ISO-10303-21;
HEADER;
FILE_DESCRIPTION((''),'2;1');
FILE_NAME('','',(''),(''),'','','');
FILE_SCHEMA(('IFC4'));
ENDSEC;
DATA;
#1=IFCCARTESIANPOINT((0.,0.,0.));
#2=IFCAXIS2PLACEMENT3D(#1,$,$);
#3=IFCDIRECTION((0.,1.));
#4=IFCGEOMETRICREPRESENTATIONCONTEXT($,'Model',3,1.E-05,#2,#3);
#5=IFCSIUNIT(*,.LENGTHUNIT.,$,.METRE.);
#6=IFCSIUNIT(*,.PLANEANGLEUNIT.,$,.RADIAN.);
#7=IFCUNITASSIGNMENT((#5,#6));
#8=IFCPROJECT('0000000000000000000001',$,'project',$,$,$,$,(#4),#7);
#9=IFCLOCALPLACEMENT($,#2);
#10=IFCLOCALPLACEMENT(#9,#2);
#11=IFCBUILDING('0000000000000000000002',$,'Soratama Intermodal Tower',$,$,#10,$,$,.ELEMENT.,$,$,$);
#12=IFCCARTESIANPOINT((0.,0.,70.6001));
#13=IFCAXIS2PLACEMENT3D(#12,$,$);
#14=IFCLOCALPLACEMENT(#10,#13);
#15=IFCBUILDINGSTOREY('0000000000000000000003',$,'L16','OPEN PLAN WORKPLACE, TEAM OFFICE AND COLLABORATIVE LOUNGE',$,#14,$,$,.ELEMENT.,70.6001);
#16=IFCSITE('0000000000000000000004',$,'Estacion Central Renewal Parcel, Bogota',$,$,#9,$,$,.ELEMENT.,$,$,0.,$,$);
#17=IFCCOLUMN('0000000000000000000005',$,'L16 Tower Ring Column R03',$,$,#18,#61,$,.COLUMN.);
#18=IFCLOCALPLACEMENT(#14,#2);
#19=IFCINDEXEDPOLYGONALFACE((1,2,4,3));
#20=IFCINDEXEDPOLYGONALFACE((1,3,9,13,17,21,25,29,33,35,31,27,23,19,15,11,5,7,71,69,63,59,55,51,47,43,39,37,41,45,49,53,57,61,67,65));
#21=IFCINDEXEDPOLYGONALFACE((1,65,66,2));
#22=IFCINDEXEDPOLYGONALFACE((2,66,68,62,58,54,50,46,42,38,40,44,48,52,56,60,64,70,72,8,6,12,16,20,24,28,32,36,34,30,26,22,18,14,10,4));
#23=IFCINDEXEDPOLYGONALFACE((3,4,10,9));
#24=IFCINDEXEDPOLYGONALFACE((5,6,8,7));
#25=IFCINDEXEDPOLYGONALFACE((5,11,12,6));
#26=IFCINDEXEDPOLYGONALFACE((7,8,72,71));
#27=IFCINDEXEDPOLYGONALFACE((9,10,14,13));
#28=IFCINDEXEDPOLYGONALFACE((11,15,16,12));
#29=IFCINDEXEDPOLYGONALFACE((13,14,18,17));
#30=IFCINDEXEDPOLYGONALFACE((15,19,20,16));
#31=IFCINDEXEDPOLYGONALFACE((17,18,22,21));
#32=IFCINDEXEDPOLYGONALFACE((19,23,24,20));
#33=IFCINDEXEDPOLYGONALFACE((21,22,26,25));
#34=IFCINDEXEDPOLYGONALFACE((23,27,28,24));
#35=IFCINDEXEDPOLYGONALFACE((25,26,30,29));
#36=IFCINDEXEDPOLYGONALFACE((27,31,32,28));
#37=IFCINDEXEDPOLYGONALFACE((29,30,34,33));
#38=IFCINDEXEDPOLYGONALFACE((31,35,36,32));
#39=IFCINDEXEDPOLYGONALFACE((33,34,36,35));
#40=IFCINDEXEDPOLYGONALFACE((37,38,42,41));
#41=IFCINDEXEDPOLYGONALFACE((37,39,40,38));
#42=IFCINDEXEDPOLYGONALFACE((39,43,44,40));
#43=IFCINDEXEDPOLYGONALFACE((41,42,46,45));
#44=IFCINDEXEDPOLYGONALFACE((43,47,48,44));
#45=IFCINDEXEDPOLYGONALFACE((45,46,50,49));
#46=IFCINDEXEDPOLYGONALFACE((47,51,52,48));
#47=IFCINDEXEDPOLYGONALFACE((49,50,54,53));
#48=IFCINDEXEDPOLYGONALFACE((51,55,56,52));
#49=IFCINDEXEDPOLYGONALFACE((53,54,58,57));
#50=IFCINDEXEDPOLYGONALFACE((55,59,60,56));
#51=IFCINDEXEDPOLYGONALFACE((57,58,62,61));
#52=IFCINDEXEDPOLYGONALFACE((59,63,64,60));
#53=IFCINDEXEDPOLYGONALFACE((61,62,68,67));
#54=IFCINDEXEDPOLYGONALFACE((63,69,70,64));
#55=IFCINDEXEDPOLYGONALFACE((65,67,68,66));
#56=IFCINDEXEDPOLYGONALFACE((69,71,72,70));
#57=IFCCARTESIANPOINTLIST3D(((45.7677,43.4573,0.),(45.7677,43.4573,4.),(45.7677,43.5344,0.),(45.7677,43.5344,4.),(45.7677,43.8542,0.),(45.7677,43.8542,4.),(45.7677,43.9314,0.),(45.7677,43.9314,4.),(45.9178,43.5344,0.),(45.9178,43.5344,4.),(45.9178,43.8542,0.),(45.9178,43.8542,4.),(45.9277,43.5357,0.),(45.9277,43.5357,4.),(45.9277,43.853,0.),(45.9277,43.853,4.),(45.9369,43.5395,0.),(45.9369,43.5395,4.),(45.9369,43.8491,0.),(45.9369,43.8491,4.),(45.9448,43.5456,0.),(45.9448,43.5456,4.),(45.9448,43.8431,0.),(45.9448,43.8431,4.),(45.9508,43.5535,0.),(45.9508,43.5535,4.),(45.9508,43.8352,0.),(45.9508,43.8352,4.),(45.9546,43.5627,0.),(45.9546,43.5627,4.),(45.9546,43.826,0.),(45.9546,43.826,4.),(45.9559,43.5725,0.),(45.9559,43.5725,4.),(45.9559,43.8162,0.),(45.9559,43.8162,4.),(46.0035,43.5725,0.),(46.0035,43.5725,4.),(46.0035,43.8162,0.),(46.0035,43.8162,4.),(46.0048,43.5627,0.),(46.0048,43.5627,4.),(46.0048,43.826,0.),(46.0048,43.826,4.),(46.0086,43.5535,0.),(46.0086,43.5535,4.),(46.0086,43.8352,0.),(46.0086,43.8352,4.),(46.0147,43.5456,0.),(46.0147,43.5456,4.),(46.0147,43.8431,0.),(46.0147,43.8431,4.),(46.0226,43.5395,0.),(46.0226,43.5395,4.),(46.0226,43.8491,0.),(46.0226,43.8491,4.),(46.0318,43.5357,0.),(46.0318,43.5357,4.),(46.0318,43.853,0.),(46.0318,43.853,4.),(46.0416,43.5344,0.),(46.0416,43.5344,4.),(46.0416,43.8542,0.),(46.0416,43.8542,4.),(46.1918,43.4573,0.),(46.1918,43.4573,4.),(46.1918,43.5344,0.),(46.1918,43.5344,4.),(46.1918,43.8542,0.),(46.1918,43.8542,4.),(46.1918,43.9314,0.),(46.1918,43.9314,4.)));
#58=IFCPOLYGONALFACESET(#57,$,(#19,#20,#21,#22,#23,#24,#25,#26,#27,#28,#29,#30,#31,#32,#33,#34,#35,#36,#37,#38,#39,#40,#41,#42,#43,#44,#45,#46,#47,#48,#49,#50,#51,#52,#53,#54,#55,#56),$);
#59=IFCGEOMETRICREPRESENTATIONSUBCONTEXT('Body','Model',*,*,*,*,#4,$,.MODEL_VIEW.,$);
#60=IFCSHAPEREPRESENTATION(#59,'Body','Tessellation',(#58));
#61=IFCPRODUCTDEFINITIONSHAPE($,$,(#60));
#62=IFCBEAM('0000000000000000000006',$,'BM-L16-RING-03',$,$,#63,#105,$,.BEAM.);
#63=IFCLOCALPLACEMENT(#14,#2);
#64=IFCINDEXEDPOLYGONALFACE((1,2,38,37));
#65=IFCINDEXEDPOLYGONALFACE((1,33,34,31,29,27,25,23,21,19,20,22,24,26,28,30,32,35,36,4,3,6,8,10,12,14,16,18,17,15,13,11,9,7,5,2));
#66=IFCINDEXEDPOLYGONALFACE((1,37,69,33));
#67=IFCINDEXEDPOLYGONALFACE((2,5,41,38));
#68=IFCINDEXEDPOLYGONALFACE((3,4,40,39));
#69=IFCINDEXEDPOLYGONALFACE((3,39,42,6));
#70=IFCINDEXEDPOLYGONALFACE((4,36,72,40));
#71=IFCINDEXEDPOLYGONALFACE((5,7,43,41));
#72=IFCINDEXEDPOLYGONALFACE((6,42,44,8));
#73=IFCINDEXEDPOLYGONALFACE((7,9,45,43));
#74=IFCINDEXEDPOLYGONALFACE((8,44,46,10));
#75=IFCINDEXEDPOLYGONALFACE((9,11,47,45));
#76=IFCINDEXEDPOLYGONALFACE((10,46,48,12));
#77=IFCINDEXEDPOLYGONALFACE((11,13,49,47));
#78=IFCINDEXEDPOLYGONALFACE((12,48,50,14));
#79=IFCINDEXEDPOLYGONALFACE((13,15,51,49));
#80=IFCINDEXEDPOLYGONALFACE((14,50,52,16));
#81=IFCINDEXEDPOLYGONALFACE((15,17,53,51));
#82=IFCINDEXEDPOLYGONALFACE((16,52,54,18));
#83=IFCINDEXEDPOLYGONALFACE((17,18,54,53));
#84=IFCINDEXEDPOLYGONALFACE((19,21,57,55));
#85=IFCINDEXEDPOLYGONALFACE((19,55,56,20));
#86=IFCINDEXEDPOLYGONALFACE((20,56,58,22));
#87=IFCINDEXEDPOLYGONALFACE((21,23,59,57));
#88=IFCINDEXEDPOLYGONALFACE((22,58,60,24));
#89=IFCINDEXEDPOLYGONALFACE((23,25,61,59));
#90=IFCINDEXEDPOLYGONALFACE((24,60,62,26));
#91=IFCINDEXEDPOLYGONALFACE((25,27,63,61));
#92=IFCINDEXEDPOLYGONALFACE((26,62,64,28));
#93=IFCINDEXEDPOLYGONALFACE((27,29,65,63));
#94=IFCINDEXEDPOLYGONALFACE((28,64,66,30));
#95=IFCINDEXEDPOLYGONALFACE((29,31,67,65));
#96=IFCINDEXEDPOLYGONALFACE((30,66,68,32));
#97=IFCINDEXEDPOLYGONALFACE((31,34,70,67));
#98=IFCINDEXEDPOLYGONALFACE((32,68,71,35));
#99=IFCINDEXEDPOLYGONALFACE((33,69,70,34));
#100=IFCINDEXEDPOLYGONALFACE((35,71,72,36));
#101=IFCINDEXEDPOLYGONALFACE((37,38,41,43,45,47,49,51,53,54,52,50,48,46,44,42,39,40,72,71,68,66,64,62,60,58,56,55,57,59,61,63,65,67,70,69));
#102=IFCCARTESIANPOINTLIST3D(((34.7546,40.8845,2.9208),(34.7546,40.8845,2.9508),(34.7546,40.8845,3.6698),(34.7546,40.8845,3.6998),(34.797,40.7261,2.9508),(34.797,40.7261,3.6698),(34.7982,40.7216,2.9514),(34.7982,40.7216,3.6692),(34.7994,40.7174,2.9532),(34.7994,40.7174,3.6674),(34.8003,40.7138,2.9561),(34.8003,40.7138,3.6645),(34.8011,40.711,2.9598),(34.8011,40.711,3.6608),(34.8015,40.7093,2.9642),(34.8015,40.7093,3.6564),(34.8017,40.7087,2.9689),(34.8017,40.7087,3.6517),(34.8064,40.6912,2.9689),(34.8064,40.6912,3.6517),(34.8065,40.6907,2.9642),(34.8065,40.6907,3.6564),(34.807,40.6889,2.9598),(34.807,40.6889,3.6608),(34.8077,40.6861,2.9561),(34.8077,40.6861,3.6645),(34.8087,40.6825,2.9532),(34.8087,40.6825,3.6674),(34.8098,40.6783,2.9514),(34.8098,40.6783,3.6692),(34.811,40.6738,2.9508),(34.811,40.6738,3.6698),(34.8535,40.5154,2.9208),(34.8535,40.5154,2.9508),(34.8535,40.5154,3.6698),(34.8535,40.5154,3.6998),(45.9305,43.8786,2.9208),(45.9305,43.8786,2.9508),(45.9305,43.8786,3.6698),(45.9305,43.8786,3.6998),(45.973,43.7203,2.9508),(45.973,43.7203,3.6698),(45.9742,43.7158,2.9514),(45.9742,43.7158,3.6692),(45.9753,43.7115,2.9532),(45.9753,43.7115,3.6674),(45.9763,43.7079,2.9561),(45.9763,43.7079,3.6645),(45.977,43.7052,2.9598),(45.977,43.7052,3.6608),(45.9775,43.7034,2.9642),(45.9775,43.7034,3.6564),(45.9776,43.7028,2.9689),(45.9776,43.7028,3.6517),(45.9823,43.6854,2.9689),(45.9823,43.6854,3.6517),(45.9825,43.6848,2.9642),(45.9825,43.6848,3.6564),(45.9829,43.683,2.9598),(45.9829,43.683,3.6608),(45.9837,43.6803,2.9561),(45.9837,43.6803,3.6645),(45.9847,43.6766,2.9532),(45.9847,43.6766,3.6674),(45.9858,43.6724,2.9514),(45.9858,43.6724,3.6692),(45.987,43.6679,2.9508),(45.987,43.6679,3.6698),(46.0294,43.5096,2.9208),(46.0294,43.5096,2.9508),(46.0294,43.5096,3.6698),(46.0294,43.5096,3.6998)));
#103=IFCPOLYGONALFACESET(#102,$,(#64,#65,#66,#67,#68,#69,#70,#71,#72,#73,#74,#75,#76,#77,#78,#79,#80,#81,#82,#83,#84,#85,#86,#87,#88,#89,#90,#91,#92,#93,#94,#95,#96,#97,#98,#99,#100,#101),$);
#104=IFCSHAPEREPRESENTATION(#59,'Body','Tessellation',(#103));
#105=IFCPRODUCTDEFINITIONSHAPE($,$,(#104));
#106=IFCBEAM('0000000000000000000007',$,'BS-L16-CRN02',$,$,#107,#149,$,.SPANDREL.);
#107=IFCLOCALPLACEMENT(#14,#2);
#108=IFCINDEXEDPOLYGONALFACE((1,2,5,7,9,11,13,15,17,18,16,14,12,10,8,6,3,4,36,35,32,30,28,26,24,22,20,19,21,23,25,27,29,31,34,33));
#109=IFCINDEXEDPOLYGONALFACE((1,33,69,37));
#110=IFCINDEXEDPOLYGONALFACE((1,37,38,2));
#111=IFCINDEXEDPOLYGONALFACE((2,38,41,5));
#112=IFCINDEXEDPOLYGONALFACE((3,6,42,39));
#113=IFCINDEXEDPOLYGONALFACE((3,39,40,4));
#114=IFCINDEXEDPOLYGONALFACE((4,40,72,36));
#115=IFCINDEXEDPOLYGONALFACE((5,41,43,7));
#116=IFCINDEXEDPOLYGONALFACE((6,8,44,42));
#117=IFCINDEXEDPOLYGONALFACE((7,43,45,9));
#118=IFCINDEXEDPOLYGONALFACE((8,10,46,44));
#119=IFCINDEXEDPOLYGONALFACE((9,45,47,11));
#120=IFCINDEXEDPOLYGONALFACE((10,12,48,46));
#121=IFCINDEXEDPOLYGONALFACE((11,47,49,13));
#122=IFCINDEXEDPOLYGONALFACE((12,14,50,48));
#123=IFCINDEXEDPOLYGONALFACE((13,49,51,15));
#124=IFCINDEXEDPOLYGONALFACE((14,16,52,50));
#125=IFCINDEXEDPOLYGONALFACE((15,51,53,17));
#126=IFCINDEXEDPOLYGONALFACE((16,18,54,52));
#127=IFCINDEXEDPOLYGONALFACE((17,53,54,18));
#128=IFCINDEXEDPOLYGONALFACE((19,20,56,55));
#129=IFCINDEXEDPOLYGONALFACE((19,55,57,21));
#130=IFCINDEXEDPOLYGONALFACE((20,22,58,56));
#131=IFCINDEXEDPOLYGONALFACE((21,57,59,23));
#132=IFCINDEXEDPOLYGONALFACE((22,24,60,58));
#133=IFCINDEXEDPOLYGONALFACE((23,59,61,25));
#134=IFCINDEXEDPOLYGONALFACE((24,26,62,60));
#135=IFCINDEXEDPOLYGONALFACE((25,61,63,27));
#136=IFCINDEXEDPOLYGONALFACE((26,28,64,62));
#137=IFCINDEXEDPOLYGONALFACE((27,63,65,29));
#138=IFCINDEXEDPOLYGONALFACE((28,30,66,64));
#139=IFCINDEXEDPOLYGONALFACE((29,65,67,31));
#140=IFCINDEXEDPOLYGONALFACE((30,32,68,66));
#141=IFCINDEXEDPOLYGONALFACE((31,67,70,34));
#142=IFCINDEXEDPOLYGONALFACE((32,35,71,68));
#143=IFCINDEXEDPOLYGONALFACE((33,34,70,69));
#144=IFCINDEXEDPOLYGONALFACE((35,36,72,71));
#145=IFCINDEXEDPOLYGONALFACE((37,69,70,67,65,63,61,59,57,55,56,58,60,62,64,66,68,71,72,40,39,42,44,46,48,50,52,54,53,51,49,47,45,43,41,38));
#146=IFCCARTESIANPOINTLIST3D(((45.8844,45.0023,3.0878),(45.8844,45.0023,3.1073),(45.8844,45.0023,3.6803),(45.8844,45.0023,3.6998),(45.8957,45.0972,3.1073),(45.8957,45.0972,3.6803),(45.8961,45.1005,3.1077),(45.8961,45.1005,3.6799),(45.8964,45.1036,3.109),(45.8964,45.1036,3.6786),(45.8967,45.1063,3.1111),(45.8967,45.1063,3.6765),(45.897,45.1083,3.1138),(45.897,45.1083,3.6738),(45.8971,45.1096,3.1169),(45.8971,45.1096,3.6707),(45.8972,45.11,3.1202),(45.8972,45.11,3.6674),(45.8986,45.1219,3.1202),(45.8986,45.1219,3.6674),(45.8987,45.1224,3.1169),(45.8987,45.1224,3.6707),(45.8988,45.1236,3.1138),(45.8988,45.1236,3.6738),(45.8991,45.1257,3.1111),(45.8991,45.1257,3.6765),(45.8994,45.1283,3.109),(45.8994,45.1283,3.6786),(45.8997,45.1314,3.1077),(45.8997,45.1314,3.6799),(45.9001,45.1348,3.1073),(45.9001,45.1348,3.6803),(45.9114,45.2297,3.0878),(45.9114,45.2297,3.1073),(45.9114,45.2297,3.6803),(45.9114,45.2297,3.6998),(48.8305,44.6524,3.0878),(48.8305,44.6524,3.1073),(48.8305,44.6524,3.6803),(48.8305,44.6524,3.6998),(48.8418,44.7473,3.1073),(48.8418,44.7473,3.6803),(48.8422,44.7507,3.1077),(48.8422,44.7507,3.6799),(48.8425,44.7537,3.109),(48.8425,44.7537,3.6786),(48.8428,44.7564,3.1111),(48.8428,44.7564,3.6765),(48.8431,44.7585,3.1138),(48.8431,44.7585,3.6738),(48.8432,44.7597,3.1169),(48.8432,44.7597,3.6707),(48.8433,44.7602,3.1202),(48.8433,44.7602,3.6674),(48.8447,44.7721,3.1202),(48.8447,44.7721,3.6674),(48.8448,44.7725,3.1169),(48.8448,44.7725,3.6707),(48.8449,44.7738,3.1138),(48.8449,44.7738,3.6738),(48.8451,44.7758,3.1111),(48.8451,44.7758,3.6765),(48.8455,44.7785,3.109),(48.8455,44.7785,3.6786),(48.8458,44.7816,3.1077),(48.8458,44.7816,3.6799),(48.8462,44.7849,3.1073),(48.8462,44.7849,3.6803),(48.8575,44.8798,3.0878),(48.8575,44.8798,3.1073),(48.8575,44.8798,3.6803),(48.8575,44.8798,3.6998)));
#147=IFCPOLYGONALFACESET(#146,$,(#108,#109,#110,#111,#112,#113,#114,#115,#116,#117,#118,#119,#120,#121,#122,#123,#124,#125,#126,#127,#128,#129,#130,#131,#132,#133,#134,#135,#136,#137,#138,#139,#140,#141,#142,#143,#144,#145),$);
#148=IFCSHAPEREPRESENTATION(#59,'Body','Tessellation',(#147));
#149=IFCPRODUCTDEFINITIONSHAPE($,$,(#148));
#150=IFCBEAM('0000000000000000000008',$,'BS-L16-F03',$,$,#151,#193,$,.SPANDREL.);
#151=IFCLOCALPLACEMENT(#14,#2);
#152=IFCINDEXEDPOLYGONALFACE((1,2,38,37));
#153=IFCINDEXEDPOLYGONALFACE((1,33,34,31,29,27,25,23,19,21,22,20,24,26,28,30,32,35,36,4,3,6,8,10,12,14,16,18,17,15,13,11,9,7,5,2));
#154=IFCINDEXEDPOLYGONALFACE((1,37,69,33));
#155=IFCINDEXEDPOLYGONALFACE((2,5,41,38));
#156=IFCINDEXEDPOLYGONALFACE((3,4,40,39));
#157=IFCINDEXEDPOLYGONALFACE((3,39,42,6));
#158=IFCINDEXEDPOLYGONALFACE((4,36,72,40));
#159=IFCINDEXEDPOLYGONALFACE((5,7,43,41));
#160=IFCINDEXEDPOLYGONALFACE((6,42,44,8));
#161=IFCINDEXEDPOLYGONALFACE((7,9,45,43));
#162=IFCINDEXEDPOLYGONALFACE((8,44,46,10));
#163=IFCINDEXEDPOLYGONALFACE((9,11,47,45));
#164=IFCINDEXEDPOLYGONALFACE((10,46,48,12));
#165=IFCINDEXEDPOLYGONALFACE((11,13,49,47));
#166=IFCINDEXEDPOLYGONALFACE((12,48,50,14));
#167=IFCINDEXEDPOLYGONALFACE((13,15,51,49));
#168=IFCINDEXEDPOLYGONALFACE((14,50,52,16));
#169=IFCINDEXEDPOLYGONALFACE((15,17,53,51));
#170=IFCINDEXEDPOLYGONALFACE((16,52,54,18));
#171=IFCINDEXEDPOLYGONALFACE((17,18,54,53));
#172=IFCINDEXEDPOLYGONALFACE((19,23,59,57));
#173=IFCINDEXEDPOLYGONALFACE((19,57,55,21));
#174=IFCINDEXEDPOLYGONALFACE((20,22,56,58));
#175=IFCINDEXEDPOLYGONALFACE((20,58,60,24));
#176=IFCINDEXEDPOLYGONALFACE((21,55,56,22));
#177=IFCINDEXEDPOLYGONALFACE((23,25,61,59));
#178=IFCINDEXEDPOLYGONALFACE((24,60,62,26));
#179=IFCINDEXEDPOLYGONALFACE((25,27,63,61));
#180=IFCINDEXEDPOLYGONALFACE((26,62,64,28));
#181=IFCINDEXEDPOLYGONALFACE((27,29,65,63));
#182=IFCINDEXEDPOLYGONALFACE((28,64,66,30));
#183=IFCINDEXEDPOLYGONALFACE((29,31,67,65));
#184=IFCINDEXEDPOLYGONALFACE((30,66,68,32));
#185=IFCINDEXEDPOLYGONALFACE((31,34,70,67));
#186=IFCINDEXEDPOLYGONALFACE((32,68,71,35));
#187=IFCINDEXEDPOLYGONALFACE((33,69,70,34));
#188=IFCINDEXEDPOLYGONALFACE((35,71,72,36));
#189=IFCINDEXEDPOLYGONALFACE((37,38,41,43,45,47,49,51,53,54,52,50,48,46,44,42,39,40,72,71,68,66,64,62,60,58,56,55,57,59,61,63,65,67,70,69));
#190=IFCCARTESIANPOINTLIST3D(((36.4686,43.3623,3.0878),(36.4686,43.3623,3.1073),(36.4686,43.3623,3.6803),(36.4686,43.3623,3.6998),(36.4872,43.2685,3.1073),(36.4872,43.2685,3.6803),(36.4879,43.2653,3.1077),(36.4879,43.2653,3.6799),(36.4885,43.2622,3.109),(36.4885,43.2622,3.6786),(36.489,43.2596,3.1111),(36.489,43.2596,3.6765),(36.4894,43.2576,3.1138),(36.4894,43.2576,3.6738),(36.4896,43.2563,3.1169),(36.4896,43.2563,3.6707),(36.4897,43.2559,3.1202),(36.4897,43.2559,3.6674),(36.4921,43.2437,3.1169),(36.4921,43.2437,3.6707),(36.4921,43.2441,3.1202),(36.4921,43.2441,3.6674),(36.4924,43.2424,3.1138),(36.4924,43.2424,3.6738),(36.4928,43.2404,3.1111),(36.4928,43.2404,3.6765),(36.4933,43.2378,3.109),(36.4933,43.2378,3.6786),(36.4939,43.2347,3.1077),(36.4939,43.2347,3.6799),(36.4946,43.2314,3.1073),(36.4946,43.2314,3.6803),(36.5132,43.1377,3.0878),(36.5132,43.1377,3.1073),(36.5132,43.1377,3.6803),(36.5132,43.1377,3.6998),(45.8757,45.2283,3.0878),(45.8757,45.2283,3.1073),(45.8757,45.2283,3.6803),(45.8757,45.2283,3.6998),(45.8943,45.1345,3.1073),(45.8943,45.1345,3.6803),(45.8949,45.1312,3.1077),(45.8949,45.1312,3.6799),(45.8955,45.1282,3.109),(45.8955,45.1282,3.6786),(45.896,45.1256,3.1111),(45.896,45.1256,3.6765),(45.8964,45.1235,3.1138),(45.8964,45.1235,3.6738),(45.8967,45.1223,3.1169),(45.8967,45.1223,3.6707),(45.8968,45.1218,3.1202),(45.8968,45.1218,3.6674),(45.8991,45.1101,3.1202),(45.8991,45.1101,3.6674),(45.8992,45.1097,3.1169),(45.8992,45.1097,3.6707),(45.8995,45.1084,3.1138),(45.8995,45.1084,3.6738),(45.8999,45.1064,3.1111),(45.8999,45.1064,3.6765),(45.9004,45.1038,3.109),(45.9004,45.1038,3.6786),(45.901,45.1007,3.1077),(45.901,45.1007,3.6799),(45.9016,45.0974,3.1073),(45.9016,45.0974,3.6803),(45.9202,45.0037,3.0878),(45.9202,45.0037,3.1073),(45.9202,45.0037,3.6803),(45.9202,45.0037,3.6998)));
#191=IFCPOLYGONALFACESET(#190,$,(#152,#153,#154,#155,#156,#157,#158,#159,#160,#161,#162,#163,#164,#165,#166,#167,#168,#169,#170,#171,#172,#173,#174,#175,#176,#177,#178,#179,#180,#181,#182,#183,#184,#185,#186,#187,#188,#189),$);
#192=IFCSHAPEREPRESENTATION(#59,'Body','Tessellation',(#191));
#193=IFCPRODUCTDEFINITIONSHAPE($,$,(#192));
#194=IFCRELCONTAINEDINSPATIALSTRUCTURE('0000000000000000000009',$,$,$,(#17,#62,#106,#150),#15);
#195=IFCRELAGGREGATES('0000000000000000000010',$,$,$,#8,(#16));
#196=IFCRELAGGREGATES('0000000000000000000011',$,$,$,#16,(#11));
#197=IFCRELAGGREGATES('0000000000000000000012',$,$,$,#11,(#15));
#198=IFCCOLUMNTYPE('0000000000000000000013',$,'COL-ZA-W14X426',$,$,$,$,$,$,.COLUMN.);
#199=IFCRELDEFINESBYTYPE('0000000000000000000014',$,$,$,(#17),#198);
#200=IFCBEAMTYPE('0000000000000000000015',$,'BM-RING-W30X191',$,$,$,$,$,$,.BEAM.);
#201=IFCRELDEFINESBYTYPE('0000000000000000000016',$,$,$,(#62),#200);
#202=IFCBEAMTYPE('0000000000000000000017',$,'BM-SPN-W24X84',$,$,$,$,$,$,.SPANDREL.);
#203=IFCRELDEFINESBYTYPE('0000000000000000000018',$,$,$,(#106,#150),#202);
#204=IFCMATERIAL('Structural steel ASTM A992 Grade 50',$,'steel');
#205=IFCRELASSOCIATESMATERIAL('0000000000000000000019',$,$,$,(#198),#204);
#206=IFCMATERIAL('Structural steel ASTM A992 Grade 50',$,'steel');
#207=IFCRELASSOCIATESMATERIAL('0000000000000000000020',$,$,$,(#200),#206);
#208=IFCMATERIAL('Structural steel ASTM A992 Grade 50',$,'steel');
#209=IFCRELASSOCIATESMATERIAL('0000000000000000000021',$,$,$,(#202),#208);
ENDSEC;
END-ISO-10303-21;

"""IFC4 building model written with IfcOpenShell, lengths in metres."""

from ifc_helpers import new_model, si_unit, direction, frame, origin, origin_2d, place, context, subcontext, project, spatial, i_section, extrude, material, material_profile, profile_set, type_object, element, save


model = new_model("IFC4")

# Units and contexts
model_context = context("Model", 3, precision=1e-05, world=origin(), true_north=direction((0.0, 1.0)))
body_context = subcontext(model_context, "Body", "Model", "MODEL_VIEW")
ifc_project = project(units=[si_unit("LENGTHUNIT", "METRE"), si_unit("PLANEANGLEUNIT", "RADIAN")], contexts=[model_context])

# Site, building, storey
site_placement = place(None, origin())
site = spatial("IfcSite", under=ifc_project, at=site_placement, Name="Estacion Central Renewal Parcel, Bogota", CompositionType="ELEMENT", RefElevation=0.0)
building_placement = place(site_placement, origin())
building = spatial("IfcBuilding", under=site, at=building_placement, Name="Soratama Intermodal Tower", CompositionType="ELEMENT")
storey_placement = place(building_placement, frame((0.0, 0.0, 70.6001)))
storey = spatial("IfcBuildingStorey", under=building, at=storey_placement, Name="L16", Description="OPEN PLAN WORKPLACE, TEAM OFFICE AND COLLABORATIVE LOUNGE", CompositionType="ELEMENT", Elevation=70.6001)

# Column
ifc_material_1 = material(Name="Structural steel ASTM A992 Grade 50", Category="steel")
ifc_material_profile_1 = material_profile(ifc_material_1, i_section(OverallWidth=0.4241, OverallDepth=0.4741, WebThickness=0.0476, FlangeThickness=0.0771, FilletRadius=0.0381, at=origin_2d()), Name="W14X426")
ifc_profile_set_1 = profile_set([ifc_material_profile_1], Name="Structural steel ASTM A992 Grade 50")
column_type = type_object("IfcColumnType", Name="COL-ZA-W14X426", PredefinedType="COLUMN", material=ifc_profile_set_1)
column_placement = place(storey_placement, frame((45.9797, 43.6943, 0.0), z_axis=(0.0, 0.0, 1.0), x_axis=(1.0, 0.0, 0.0)))
element("IfcColumn", 1, at=column_placement, inside=storey, type_object=column_type, Name="L16 Tower Ring Column R03", PredefinedType="COLUMN", context=body_context, shape_type="SweptSolid", body=[
    extrude(i_section(OverallWidth=0.4241, OverallDepth=0.4741, WebThickness=0.0476, FlangeThickness=0.0771, FilletRadius=0.0381, at=origin_2d()), origin(), (0.0, 0.0, 1.0), 4.0),
])

# Beams
ifc_material_2 = material(Name="Structural steel ASTM A992 Grade 50", Category="steel")
ifc_material_profile_2 = material_profile(ifc_material_2, i_section(OverallWidth=0.3821, OverallDepth=0.7791, WebThickness=0.0181, FlangeThickness=0.03, FilletRadius=0.0181, at=origin_2d()), Name="W30X191")
ifc_profile_set_2 = profile_set([ifc_material_profile_2], Name="Structural steel ASTM A992 Grade 50")
beam_type_1 = type_object("IfcBeamType", Name="BM-RING-W30X191", PredefinedType="BEAM", material=ifc_profile_set_2)
beam_1_placement = place(storey_placement, frame((45.98, 43.6941, 3.3103), z_axis=(-0.965936, -0.258781, 0.0), x_axis=(0.258781, -0.965936, 0.0)))
element("IfcBeam", 2, at=beam_1_placement, inside=storey, type_object=beam_type_1, Name="BM-L16-RING-03", PredefinedType="BEAM", context=body_context, shape_type="SweptSolid", body=[
    extrude(i_section(OverallWidth=0.3821, OverallDepth=0.7791, WebThickness=0.0181, FlangeThickness=0.03, FilletRadius=0.0181, at=origin_2d()), origin(), (0.0, 0.0, 1.0), 11.5701),
])
ifc_material_3 = material(Name="Structural steel ASTM A992 Grade 50", Category="steel")
ifc_material_profile_3 = material_profile(ifc_material_3, i_section(OverallWidth=0.229, OverallDepth=0.6121, WebThickness=0.012, FlangeThickness=0.0195, FilletRadius=0.0129, at=origin_2d()), Name="W24X84")
ifc_profile_set_3 = profile_set([ifc_material_profile_3], Name="Structural steel ASTM A992 Grade 50")
beam_type_2 = type_object("IfcBeamType", Name="BM-SPN-W24X84", PredefinedType="SPANDREL", material=ifc_profile_set_3)
beam_2_placement = place(storey_placement, frame((48.844, 44.7661, 3.3938), z_axis=(-0.993023, 0.117925, 0.0), x_axis=(-0.117925, -0.993023, 0.0)))
element("IfcBeam", 3, at=beam_2_placement, inside=storey, type_object=beam_type_2, Name="BS-L16-CRN02", PredefinedType="SPANDREL", context=body_context, shape_type="SweptSolid", body=[
    extrude(i_section(OverallWidth=0.229, OverallDepth=0.6121, WebThickness=0.012, FlangeThickness=0.0195, FilletRadius=0.0129, at=origin_2d()), origin(), (0.0, 0.0, 1.0), 2.9668),
])
beam_3_placement = place(storey_placement, frame((45.8979, 45.116, 3.3938), z_axis=(-0.980889, -0.194569, 0.0), x_axis=(0.194569, -0.980889, 0.0)))
element("IfcBeam", 4, at=beam_3_placement, inside=storey, type_object=beam_type_2, Name="BS-L16-F03", PredefinedType="SPANDREL", context=body_context, shape_type="SweptSolid", body=[
    extrude(i_section(OverallWidth=0.229, OverallDepth=0.6121, WebThickness=0.012, FlangeThickness=0.0195, FilletRadius=0.0129, at=origin_2d()), origin(), (0.0, 0.0, 1.0), 9.5903),
])

save(model, "model.ifc")
